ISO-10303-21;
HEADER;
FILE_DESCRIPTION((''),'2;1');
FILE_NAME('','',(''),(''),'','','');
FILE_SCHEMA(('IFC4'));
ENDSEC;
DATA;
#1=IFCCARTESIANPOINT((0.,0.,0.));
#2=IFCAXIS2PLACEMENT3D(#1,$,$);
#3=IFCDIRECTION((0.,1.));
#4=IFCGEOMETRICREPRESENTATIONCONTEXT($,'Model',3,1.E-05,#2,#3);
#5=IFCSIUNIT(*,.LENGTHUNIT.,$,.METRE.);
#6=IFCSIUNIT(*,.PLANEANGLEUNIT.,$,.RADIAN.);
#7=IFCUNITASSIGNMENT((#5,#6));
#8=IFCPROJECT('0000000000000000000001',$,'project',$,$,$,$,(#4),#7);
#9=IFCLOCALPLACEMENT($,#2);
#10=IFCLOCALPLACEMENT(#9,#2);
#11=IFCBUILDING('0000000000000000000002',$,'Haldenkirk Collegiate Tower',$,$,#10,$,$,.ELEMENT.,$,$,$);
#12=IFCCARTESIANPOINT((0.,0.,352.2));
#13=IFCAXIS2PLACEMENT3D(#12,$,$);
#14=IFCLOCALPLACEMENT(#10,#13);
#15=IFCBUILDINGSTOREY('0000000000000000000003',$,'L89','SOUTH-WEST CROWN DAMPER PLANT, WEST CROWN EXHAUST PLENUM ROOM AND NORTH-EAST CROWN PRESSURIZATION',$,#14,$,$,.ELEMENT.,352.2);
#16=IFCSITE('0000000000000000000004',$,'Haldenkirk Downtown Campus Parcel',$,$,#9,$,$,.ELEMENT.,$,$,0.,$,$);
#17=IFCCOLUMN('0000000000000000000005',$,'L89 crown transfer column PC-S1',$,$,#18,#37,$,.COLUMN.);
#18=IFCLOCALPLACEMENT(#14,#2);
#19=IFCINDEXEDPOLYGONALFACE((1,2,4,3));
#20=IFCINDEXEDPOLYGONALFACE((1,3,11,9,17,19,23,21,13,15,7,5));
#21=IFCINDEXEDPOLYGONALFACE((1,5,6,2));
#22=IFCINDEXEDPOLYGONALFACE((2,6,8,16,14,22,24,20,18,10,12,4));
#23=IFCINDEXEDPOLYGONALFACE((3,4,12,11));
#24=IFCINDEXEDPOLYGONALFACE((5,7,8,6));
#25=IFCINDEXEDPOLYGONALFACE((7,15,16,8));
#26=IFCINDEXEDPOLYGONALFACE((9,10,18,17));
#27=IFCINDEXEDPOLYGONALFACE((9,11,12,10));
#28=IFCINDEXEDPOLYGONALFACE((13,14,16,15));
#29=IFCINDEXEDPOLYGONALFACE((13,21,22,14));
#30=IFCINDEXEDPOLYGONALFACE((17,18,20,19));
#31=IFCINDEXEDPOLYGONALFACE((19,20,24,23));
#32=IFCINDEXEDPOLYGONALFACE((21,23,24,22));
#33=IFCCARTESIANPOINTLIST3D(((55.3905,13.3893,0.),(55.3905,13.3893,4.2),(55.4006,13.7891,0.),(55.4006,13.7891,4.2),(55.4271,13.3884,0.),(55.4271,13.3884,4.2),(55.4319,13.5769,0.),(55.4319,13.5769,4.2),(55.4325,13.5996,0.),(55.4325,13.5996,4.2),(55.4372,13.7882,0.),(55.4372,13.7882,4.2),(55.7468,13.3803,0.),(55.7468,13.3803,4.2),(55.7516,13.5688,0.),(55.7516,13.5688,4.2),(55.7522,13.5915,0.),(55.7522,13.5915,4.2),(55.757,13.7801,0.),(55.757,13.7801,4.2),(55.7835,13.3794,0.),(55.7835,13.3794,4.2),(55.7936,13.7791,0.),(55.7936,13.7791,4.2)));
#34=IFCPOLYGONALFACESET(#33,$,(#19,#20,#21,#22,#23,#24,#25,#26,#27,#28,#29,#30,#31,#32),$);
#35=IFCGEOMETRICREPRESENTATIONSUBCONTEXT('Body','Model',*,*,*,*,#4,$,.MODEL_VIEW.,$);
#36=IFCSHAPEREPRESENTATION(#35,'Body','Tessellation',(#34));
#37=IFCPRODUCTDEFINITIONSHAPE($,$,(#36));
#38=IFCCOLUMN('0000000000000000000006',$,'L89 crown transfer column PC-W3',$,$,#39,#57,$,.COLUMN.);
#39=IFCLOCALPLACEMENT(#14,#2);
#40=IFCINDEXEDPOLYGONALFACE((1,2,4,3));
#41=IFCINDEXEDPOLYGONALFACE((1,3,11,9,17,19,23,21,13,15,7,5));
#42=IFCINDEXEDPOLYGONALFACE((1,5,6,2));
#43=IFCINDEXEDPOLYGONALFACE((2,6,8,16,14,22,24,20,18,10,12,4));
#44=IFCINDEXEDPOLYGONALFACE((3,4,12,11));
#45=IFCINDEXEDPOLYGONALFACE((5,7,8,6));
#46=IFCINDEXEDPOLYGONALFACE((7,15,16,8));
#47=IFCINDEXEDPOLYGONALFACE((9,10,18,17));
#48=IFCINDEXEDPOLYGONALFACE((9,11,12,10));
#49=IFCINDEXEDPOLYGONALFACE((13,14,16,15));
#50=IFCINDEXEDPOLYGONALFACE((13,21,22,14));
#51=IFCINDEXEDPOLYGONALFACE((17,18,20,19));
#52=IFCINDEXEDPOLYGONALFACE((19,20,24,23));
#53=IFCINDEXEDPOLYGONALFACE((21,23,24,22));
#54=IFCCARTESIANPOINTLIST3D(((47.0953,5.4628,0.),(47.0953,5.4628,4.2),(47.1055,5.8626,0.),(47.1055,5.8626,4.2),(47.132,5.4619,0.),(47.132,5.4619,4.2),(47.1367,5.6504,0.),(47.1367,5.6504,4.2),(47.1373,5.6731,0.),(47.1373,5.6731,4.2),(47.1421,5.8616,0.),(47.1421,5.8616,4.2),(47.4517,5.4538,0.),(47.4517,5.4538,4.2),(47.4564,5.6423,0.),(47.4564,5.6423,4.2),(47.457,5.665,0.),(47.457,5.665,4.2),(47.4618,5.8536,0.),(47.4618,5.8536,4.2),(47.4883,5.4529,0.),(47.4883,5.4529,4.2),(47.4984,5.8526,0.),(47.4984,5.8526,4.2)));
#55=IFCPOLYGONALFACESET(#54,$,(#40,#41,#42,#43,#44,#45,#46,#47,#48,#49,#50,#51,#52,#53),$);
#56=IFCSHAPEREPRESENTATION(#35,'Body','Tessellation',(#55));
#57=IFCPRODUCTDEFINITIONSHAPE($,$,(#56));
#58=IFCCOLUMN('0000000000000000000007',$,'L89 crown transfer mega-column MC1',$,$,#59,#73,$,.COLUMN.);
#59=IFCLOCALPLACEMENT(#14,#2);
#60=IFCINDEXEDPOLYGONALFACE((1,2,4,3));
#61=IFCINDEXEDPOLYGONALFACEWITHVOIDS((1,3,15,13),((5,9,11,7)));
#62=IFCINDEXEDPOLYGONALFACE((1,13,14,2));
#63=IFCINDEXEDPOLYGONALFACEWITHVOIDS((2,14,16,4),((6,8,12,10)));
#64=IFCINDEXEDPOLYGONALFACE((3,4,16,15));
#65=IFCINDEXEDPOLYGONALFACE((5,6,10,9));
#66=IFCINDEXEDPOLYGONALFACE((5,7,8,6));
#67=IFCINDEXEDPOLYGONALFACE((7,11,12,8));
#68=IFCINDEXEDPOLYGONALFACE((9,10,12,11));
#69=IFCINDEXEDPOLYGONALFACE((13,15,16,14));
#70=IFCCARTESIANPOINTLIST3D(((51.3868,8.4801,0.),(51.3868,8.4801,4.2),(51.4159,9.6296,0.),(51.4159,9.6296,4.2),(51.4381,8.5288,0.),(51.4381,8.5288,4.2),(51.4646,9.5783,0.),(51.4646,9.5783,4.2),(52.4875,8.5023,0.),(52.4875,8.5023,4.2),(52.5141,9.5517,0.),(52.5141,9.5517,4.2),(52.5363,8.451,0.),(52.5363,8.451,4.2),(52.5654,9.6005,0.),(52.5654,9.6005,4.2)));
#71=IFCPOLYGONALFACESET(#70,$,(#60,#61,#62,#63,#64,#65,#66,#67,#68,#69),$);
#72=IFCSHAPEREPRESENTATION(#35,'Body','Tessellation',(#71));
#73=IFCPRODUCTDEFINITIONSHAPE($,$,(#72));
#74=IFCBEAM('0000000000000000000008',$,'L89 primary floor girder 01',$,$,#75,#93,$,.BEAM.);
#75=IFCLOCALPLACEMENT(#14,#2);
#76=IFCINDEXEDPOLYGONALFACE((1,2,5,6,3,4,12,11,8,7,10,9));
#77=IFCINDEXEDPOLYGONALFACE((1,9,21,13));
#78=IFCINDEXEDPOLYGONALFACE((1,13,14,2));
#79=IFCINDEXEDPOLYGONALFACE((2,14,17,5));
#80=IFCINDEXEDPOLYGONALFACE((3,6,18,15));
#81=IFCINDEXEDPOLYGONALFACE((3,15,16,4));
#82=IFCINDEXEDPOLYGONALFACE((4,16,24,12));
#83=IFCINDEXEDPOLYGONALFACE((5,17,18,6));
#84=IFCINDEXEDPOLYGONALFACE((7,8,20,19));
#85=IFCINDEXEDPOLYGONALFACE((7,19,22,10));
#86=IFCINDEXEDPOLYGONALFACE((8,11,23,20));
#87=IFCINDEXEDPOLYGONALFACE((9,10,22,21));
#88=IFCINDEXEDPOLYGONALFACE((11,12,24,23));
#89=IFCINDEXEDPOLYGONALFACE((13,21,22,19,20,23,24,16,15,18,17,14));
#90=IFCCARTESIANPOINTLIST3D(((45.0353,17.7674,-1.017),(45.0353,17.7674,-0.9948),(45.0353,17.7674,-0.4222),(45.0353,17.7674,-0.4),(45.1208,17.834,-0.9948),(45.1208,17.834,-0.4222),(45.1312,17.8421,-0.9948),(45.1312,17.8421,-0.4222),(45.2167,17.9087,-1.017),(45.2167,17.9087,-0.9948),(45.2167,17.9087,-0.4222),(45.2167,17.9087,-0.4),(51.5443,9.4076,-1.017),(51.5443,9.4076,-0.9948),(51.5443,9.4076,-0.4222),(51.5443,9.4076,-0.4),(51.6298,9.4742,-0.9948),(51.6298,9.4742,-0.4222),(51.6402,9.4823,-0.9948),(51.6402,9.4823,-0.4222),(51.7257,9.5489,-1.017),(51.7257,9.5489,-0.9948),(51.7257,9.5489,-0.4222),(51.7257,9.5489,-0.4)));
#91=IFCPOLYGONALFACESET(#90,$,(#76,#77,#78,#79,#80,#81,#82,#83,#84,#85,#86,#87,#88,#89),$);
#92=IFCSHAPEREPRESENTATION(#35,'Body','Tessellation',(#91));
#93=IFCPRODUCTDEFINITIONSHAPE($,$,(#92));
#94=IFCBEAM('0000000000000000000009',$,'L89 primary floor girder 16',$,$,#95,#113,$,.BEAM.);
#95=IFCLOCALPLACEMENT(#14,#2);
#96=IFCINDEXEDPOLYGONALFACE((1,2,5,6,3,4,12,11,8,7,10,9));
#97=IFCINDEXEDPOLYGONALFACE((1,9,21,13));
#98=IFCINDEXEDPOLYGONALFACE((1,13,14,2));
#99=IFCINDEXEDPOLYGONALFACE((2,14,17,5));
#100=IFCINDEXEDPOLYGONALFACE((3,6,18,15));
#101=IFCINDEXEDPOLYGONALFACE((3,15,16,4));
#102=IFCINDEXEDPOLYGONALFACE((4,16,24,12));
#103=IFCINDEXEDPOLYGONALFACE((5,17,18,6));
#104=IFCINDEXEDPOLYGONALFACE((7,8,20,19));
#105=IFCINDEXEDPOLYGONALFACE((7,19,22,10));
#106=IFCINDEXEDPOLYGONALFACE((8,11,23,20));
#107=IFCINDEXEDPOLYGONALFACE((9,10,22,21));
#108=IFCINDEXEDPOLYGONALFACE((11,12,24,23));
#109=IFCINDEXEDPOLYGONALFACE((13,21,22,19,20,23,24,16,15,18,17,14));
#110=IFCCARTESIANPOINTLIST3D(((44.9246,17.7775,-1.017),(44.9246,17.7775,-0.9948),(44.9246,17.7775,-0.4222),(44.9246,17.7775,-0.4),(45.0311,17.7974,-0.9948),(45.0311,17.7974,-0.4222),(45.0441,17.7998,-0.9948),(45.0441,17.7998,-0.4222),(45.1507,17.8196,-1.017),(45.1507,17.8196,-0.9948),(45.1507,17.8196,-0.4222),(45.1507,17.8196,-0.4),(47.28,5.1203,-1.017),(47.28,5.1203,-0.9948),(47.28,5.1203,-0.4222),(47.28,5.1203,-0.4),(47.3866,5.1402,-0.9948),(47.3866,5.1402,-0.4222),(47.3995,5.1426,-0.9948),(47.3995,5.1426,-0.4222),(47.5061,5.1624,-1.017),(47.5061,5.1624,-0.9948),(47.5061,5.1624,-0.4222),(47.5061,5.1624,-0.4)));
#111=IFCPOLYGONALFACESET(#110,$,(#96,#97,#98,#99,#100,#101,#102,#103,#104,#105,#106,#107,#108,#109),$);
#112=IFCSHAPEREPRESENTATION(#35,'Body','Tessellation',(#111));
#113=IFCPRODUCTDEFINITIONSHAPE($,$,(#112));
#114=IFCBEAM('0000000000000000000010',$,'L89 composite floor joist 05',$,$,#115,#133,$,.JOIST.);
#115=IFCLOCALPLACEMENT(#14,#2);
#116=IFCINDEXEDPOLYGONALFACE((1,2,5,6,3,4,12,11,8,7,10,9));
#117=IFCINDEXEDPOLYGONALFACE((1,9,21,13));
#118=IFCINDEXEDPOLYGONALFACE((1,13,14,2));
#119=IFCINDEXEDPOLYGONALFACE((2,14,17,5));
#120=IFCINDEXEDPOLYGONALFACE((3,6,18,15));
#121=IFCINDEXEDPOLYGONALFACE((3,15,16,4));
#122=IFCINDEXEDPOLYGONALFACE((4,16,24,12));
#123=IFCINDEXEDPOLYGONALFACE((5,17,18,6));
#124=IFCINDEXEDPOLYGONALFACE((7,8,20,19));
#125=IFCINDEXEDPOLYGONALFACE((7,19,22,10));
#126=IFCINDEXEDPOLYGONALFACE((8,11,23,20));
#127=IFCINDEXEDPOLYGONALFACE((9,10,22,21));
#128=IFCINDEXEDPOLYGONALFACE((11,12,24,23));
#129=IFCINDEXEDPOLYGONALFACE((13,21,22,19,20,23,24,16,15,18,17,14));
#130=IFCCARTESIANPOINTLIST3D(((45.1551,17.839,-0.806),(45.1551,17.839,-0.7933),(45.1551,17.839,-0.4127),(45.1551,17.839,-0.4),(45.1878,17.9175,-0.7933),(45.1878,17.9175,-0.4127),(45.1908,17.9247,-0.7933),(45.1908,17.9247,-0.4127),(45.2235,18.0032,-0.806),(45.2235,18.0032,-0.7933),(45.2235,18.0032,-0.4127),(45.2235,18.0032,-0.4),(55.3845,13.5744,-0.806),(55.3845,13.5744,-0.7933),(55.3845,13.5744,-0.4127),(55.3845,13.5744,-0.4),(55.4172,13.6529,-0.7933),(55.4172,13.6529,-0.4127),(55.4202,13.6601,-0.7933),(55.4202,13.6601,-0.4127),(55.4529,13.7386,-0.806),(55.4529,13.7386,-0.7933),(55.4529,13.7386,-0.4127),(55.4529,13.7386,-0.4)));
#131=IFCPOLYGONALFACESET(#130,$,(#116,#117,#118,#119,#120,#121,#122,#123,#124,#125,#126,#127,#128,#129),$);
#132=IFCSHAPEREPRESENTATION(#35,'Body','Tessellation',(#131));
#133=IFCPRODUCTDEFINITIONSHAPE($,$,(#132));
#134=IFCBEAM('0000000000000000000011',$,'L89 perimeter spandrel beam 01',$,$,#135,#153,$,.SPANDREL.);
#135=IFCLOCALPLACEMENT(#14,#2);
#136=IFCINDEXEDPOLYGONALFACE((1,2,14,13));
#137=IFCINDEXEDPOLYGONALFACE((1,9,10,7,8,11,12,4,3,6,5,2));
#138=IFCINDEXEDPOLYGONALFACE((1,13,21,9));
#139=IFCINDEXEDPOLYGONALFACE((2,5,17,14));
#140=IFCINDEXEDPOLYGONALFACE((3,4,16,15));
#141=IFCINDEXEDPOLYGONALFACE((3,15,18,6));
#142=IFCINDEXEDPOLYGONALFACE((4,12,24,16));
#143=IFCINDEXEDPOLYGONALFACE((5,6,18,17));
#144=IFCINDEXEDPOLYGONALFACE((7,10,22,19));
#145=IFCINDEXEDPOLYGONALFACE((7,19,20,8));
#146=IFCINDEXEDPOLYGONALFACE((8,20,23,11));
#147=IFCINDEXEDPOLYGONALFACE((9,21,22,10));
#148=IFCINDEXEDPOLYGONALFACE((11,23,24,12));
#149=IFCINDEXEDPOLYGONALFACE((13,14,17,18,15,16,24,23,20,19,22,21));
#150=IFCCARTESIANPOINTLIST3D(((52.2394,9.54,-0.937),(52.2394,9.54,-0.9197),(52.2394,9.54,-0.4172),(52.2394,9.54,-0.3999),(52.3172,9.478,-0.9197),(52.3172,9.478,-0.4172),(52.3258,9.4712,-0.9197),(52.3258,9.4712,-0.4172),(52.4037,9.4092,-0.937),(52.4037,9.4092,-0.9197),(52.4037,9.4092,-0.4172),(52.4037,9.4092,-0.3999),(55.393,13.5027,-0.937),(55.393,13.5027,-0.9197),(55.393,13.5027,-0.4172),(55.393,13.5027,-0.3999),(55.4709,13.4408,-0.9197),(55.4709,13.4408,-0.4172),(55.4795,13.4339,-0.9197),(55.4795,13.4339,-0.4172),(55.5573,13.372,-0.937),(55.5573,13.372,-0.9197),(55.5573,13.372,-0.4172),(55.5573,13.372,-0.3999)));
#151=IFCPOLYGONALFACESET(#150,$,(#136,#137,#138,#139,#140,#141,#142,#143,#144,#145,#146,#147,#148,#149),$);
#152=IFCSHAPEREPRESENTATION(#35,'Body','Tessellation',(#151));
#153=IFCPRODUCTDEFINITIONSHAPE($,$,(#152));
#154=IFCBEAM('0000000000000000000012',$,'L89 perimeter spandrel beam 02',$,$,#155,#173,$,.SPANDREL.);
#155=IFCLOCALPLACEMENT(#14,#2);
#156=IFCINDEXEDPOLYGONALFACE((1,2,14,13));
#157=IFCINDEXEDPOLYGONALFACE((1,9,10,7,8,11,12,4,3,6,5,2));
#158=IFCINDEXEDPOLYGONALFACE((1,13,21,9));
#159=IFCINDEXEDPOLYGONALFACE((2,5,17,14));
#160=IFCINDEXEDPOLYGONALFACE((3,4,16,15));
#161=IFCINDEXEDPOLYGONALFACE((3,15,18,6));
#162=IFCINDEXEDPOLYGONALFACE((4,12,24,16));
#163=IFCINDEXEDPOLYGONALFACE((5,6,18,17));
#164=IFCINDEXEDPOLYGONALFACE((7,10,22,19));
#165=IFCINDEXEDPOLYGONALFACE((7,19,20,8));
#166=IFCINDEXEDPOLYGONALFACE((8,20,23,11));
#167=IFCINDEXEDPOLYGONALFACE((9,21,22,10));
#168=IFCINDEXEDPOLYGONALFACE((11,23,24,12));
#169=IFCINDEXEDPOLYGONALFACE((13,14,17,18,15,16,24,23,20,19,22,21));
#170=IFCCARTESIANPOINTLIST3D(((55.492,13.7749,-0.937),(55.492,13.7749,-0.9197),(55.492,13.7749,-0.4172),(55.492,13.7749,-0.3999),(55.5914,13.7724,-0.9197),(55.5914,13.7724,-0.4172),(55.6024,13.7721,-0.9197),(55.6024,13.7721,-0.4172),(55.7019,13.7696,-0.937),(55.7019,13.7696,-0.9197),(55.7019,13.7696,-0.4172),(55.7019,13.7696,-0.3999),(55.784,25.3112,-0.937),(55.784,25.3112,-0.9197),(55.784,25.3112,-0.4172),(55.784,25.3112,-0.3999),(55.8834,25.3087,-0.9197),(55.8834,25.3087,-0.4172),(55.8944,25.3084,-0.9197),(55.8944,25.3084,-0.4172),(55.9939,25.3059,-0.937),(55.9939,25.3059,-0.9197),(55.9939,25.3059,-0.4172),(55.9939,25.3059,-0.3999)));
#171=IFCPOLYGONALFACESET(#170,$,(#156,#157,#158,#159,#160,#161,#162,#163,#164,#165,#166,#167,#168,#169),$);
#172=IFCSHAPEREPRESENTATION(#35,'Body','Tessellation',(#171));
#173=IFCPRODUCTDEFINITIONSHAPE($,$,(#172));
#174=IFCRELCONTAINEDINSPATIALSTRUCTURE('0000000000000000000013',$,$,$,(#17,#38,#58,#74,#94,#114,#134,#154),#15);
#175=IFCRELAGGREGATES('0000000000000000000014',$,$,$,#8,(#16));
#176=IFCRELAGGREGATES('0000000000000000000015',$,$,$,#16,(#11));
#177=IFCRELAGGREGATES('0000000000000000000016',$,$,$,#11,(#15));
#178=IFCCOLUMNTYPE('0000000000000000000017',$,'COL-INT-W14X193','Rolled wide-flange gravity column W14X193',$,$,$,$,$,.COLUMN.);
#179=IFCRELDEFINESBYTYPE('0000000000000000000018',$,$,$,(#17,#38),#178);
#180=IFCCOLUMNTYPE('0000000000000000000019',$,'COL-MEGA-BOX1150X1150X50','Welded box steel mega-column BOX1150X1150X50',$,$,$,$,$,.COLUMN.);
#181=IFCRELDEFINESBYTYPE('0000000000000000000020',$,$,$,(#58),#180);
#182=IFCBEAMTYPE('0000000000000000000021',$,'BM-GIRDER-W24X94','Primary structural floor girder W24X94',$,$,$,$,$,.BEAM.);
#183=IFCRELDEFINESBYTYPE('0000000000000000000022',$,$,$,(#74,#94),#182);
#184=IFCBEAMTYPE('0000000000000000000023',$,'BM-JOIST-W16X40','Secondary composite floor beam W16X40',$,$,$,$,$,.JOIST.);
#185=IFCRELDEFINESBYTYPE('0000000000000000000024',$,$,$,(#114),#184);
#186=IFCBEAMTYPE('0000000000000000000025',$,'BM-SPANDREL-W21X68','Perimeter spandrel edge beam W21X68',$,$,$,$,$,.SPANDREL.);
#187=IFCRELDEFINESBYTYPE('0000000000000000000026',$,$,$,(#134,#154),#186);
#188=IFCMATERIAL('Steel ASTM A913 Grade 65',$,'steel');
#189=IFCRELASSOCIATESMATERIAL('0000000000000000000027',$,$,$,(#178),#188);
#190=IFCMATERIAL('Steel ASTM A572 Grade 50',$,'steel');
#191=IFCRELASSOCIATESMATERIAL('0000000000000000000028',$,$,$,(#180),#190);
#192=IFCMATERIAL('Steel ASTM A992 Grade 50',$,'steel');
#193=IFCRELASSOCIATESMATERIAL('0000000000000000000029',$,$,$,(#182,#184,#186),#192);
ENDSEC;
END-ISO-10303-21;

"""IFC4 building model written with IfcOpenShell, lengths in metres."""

from ifc_helpers import new_model, si_unit, direction, frame, origin, origin_2d, place, context, subcontext, project, spatial, hollow_rectangle, i_section, extrude, material, material_profile, profile_set, type_object, element, save


model = new_model("IFC4")

# Units and contexts
model_context = context("Model", 3, precision=1e-05, world=origin(), true_north=direction((0.0, 1.0)))
body_context = subcontext(model_context, "Body", "Model", "MODEL_VIEW")
ifc_project = project(units=[si_unit("LENGTHUNIT", "METRE"), si_unit("PLANEANGLEUNIT", "RADIAN")], contexts=[model_context])

# Site, building, storey
site_placement = place(None, origin())
site = spatial("IfcSite", under=ifc_project, at=site_placement, Name="Haldenkirk Downtown Campus Parcel", CompositionType="ELEMENT", RefElevation=0.0)
building_placement = place(site_placement, origin())
building = spatial("IfcBuilding", under=site, at=building_placement, Name="Haldenkirk Collegiate Tower", CompositionType="ELEMENT")
storey_placement = place(building_placement, frame((0.0, 0.0, 352.2)))
storey = spatial("IfcBuildingStorey", under=building, at=storey_placement, Name="L89", Description="SOUTH-WEST CROWN DAMPER PLANT, WEST CROWN EXHAUST PLENUM ROOM AND NORTH-EAST CROWN PRESSURIZATION", CompositionType="ELEMENT", Elevation=352.2)

# Columns
ifc_material_1 = material(Name="Steel ASTM A913 Grade 65", Category="steel")
ifc_material_profile_1 = material_profile(ifc_material_1, i_section(OverallWidth=0.3999, OverallDepth=0.3931, WebThickness=0.0227, FlangeThickness=0.0366, at=origin_2d()), Name="W14X193")
ifc_profile_set_1 = profile_set([ifc_material_profile_1], Name="Steel ASTM A913 Grade 65")
column_type_1 = type_object("IfcColumnType", Name="COL-INT-W14X193", Description="Rolled wide-flange gravity column W14X193", PredefinedType="COLUMN", material=ifc_profile_set_1)
for number, where, z_axis, x_axis, name in (
    (1, (55.592, 13.5842, 0.0), (0.0, 0.0, 1.0), (0.025305, 0.99968, 0.0), "L89 crown transfer column PC-S1"),
    (2, (47.2969, 5.6577, 0.0), (0.0, 0.0, 1.0), (0.025305, 0.99968, 0.0), "L89 crown transfer column PC-W3"),
):
    element("IfcColumn", number, at=place(storey_placement, frame(where, z_axis=z_axis, x_axis=x_axis)), inside=storey, type_object=column_type_1, Name=name, PredefinedType="COLUMN", context=body_context, shape_type="SweptSolid", body=[
        extrude(i_section(OverallWidth=0.3999, OverallDepth=0.3931, WebThickness=0.0227, FlangeThickness=0.0366, at=origin_2d()), origin(), (0.0, 0.0, 1.0), 4.2),
    ])
ifc_material_2 = material(Name="Steel ASTM A572 Grade 50", Category="steel")
ifc_material_profile_2 = material_profile(ifc_material_2, hollow_rectangle(XDim=1.1499, YDim=1.1499, WallThickness=0.05, at=origin_2d()), Name="BOX1150X1150X50")
ifc_profile_set_2 = profile_set([ifc_material_profile_2], Name="Steel ASTM A572 Grade 50")
column_type_2 = type_object("IfcColumnType", Name="COL-MEGA-BOX1150X1150X50", Description="Welded box steel mega-column BOX1150X1150X50", PredefinedType="COLUMN", material=ifc_profile_set_2)
column_placement = place(storey_placement, frame((51.9761, 9.0403, 0.0), z_axis=(0.0, 0.0, 1.0), x_axis=(0.025305, 0.99968, 0.0)))
element("IfcColumn", 3, at=column_placement, inside=storey, type_object=column_type_2, Name="L89 crown transfer mega-column MC1", PredefinedType="COLUMN", context=body_context, shape_type="SweptSolid", body=[
    extrude(hollow_rectangle(XDim=1.1499, YDim=1.1499, WallThickness=0.05, at=origin_2d()), origin(), (0.0, 0.0, 1.0), 4.2),
])

# Beams
ifc_material_3 = material(Name="Steel ASTM A992 Grade 50", Category="steel")
ifc_material_profile_3 = material_profile(ifc_material_3, i_section(OverallWidth=0.23, OverallDepth=0.6169, WebThickness=0.0132, FlangeThickness=0.0222, at=origin_2d()), Name="W24X94")
ifc_profile_set_3 = profile_set([ifc_material_profile_3], Name="Steel ASTM A992 Grade 50")
beam_type_1 = type_object("IfcBeamType", Name="BM-GIRDER-W24X94", Description="Primary structural floor girder W24X94", PredefinedType="BEAM", material=ifc_profile_set_3)
beam_1_placement = place(storey_placement, frame((51.635, 9.4783, -0.7085), z_axis=(-0.614347, 0.789036, 0.0), x_axis=(-0.789036, -0.614347, 0.0)))
element("IfcBeam", 4, at=beam_1_placement, inside=storey, type_object=beam_type_1, Name="L89 primary floor girder 01", PredefinedType="BEAM", context=body_context, shape_type="SweptSolid", body=[
    extrude(i_section(OverallWidth=0.23, OverallDepth=0.6169, WebThickness=0.0132, FlangeThickness=0.0222, at=origin_2d()), origin(), (0.0, 0.0, 1.0), 10.595),
])
beam_2_placement = place(storey_placement, frame((47.3931, 5.1414, -0.7085), z_axis=(-0.182956, 0.983121, 0.0), x_axis=(-0.983121, -0.182956, 0.0)))
element("IfcBeam", 5, at=beam_2_placement, inside=storey, type_object=beam_type_1, Name="L89 primary floor girder 16", PredefinedType="BEAM", context=body_context, shape_type="SweptSolid", body=[
    extrude(i_section(OverallWidth=0.23, OverallDepth=0.6169, WebThickness=0.0132, FlangeThickness=0.0222, at=origin_2d()), origin(), (0.0, 0.0, 1.0), 12.8745),
])
ifc_material_profile_4 = material_profile(ifc_material_3, i_section(OverallWidth=0.178, OverallDepth=0.406, WebThickness=0.0078, FlangeThickness=0.0127, at=origin_2d()), Name="W16X40")
ifc_profile_set_4 = profile_set([ifc_material_profile_4], Name="Steel ASTM A992 Grade 50")
beam_type_2 = type_object("IfcBeamType", Name="BM-JOIST-W16X40", Description="Secondary composite floor beam W16X40", PredefinedType="JOIST", material=ifc_profile_set_4)
beam_3_placement = place(storey_placement, frame((55.4187, 13.6565, -0.603), z_axis=(-0.923001, 0.384797, 0.0), x_axis=(-0.384797, -0.923001, 0.0)))
element("IfcBeam", 6, at=beam_3_placement, inside=storey, type_object=beam_type_2, Name="L89 composite floor joist 05", PredefinedType="JOIST", context=body_context, shape_type="SweptSolid", body=[
    extrude(i_section(OverallWidth=0.178, OverallDepth=0.406, WebThickness=0.0078, FlangeThickness=0.0127, at=origin_2d()), origin(), (0.0, 0.0, 1.0), 11.0828),
])
ifc_material_profile_5 = material_profile(ifc_material_3, i_section(OverallWidth=0.21, OverallDepth=0.5371, WebThickness=0.011, FlangeThickness=0.0173, at=origin_2d()), Name="W21X68")
ifc_profile_set_5 = profile_set([ifc_material_profile_5], Name="Steel ASTM A992 Grade 50")
beam_type_3 = type_object("IfcBeamType", Name="BM-SPANDREL-W21X68", Description="Perimeter spandrel edge beam W21X68", PredefinedType="SPANDREL", material=ifc_profile_set_5)
beam_4_placement = place(storey_placement, frame((52.3215, 9.4746, -0.6685), z_axis=(0.6227, 0.782461, 0.0), x_axis=(-0.782461, 0.6227, 0.0)))
element("IfcBeam", 7, at=beam_4_placement, inside=storey, type_object=beam_type_3, Name="L89 perimeter spandrel beam 01", PredefinedType="SPANDREL", context=body_context, shape_type="SweptSolid", body=[
    extrude(i_section(OverallWidth=0.21, OverallDepth=0.5371, WebThickness=0.011, FlangeThickness=0.0173, at=origin_2d()), origin(), (0.0, 0.0, 1.0), 5.0645),
])
beam_5_placement = place(storey_placement, frame((55.5969, 13.7722, -0.6685), z_axis=(0.025302, 0.99968, 0.0), x_axis=(-0.99968, 0.025302, 0.0)))
element("IfcBeam", 8, at=beam_5_placement, inside=storey, type_object=beam_type_3, Name="L89 perimeter spandrel beam 02", PredefinedType="SPANDREL", context=body_context, shape_type="SweptSolid", body=[
    extrude(i_section(OverallWidth=0.21, OverallDepth=0.5371, WebThickness=0.011, FlangeThickness=0.0173, at=origin_2d()), origin(), (0.0, 0.0, 1.0), 11.54),
])

save(model, "model.ifc")
